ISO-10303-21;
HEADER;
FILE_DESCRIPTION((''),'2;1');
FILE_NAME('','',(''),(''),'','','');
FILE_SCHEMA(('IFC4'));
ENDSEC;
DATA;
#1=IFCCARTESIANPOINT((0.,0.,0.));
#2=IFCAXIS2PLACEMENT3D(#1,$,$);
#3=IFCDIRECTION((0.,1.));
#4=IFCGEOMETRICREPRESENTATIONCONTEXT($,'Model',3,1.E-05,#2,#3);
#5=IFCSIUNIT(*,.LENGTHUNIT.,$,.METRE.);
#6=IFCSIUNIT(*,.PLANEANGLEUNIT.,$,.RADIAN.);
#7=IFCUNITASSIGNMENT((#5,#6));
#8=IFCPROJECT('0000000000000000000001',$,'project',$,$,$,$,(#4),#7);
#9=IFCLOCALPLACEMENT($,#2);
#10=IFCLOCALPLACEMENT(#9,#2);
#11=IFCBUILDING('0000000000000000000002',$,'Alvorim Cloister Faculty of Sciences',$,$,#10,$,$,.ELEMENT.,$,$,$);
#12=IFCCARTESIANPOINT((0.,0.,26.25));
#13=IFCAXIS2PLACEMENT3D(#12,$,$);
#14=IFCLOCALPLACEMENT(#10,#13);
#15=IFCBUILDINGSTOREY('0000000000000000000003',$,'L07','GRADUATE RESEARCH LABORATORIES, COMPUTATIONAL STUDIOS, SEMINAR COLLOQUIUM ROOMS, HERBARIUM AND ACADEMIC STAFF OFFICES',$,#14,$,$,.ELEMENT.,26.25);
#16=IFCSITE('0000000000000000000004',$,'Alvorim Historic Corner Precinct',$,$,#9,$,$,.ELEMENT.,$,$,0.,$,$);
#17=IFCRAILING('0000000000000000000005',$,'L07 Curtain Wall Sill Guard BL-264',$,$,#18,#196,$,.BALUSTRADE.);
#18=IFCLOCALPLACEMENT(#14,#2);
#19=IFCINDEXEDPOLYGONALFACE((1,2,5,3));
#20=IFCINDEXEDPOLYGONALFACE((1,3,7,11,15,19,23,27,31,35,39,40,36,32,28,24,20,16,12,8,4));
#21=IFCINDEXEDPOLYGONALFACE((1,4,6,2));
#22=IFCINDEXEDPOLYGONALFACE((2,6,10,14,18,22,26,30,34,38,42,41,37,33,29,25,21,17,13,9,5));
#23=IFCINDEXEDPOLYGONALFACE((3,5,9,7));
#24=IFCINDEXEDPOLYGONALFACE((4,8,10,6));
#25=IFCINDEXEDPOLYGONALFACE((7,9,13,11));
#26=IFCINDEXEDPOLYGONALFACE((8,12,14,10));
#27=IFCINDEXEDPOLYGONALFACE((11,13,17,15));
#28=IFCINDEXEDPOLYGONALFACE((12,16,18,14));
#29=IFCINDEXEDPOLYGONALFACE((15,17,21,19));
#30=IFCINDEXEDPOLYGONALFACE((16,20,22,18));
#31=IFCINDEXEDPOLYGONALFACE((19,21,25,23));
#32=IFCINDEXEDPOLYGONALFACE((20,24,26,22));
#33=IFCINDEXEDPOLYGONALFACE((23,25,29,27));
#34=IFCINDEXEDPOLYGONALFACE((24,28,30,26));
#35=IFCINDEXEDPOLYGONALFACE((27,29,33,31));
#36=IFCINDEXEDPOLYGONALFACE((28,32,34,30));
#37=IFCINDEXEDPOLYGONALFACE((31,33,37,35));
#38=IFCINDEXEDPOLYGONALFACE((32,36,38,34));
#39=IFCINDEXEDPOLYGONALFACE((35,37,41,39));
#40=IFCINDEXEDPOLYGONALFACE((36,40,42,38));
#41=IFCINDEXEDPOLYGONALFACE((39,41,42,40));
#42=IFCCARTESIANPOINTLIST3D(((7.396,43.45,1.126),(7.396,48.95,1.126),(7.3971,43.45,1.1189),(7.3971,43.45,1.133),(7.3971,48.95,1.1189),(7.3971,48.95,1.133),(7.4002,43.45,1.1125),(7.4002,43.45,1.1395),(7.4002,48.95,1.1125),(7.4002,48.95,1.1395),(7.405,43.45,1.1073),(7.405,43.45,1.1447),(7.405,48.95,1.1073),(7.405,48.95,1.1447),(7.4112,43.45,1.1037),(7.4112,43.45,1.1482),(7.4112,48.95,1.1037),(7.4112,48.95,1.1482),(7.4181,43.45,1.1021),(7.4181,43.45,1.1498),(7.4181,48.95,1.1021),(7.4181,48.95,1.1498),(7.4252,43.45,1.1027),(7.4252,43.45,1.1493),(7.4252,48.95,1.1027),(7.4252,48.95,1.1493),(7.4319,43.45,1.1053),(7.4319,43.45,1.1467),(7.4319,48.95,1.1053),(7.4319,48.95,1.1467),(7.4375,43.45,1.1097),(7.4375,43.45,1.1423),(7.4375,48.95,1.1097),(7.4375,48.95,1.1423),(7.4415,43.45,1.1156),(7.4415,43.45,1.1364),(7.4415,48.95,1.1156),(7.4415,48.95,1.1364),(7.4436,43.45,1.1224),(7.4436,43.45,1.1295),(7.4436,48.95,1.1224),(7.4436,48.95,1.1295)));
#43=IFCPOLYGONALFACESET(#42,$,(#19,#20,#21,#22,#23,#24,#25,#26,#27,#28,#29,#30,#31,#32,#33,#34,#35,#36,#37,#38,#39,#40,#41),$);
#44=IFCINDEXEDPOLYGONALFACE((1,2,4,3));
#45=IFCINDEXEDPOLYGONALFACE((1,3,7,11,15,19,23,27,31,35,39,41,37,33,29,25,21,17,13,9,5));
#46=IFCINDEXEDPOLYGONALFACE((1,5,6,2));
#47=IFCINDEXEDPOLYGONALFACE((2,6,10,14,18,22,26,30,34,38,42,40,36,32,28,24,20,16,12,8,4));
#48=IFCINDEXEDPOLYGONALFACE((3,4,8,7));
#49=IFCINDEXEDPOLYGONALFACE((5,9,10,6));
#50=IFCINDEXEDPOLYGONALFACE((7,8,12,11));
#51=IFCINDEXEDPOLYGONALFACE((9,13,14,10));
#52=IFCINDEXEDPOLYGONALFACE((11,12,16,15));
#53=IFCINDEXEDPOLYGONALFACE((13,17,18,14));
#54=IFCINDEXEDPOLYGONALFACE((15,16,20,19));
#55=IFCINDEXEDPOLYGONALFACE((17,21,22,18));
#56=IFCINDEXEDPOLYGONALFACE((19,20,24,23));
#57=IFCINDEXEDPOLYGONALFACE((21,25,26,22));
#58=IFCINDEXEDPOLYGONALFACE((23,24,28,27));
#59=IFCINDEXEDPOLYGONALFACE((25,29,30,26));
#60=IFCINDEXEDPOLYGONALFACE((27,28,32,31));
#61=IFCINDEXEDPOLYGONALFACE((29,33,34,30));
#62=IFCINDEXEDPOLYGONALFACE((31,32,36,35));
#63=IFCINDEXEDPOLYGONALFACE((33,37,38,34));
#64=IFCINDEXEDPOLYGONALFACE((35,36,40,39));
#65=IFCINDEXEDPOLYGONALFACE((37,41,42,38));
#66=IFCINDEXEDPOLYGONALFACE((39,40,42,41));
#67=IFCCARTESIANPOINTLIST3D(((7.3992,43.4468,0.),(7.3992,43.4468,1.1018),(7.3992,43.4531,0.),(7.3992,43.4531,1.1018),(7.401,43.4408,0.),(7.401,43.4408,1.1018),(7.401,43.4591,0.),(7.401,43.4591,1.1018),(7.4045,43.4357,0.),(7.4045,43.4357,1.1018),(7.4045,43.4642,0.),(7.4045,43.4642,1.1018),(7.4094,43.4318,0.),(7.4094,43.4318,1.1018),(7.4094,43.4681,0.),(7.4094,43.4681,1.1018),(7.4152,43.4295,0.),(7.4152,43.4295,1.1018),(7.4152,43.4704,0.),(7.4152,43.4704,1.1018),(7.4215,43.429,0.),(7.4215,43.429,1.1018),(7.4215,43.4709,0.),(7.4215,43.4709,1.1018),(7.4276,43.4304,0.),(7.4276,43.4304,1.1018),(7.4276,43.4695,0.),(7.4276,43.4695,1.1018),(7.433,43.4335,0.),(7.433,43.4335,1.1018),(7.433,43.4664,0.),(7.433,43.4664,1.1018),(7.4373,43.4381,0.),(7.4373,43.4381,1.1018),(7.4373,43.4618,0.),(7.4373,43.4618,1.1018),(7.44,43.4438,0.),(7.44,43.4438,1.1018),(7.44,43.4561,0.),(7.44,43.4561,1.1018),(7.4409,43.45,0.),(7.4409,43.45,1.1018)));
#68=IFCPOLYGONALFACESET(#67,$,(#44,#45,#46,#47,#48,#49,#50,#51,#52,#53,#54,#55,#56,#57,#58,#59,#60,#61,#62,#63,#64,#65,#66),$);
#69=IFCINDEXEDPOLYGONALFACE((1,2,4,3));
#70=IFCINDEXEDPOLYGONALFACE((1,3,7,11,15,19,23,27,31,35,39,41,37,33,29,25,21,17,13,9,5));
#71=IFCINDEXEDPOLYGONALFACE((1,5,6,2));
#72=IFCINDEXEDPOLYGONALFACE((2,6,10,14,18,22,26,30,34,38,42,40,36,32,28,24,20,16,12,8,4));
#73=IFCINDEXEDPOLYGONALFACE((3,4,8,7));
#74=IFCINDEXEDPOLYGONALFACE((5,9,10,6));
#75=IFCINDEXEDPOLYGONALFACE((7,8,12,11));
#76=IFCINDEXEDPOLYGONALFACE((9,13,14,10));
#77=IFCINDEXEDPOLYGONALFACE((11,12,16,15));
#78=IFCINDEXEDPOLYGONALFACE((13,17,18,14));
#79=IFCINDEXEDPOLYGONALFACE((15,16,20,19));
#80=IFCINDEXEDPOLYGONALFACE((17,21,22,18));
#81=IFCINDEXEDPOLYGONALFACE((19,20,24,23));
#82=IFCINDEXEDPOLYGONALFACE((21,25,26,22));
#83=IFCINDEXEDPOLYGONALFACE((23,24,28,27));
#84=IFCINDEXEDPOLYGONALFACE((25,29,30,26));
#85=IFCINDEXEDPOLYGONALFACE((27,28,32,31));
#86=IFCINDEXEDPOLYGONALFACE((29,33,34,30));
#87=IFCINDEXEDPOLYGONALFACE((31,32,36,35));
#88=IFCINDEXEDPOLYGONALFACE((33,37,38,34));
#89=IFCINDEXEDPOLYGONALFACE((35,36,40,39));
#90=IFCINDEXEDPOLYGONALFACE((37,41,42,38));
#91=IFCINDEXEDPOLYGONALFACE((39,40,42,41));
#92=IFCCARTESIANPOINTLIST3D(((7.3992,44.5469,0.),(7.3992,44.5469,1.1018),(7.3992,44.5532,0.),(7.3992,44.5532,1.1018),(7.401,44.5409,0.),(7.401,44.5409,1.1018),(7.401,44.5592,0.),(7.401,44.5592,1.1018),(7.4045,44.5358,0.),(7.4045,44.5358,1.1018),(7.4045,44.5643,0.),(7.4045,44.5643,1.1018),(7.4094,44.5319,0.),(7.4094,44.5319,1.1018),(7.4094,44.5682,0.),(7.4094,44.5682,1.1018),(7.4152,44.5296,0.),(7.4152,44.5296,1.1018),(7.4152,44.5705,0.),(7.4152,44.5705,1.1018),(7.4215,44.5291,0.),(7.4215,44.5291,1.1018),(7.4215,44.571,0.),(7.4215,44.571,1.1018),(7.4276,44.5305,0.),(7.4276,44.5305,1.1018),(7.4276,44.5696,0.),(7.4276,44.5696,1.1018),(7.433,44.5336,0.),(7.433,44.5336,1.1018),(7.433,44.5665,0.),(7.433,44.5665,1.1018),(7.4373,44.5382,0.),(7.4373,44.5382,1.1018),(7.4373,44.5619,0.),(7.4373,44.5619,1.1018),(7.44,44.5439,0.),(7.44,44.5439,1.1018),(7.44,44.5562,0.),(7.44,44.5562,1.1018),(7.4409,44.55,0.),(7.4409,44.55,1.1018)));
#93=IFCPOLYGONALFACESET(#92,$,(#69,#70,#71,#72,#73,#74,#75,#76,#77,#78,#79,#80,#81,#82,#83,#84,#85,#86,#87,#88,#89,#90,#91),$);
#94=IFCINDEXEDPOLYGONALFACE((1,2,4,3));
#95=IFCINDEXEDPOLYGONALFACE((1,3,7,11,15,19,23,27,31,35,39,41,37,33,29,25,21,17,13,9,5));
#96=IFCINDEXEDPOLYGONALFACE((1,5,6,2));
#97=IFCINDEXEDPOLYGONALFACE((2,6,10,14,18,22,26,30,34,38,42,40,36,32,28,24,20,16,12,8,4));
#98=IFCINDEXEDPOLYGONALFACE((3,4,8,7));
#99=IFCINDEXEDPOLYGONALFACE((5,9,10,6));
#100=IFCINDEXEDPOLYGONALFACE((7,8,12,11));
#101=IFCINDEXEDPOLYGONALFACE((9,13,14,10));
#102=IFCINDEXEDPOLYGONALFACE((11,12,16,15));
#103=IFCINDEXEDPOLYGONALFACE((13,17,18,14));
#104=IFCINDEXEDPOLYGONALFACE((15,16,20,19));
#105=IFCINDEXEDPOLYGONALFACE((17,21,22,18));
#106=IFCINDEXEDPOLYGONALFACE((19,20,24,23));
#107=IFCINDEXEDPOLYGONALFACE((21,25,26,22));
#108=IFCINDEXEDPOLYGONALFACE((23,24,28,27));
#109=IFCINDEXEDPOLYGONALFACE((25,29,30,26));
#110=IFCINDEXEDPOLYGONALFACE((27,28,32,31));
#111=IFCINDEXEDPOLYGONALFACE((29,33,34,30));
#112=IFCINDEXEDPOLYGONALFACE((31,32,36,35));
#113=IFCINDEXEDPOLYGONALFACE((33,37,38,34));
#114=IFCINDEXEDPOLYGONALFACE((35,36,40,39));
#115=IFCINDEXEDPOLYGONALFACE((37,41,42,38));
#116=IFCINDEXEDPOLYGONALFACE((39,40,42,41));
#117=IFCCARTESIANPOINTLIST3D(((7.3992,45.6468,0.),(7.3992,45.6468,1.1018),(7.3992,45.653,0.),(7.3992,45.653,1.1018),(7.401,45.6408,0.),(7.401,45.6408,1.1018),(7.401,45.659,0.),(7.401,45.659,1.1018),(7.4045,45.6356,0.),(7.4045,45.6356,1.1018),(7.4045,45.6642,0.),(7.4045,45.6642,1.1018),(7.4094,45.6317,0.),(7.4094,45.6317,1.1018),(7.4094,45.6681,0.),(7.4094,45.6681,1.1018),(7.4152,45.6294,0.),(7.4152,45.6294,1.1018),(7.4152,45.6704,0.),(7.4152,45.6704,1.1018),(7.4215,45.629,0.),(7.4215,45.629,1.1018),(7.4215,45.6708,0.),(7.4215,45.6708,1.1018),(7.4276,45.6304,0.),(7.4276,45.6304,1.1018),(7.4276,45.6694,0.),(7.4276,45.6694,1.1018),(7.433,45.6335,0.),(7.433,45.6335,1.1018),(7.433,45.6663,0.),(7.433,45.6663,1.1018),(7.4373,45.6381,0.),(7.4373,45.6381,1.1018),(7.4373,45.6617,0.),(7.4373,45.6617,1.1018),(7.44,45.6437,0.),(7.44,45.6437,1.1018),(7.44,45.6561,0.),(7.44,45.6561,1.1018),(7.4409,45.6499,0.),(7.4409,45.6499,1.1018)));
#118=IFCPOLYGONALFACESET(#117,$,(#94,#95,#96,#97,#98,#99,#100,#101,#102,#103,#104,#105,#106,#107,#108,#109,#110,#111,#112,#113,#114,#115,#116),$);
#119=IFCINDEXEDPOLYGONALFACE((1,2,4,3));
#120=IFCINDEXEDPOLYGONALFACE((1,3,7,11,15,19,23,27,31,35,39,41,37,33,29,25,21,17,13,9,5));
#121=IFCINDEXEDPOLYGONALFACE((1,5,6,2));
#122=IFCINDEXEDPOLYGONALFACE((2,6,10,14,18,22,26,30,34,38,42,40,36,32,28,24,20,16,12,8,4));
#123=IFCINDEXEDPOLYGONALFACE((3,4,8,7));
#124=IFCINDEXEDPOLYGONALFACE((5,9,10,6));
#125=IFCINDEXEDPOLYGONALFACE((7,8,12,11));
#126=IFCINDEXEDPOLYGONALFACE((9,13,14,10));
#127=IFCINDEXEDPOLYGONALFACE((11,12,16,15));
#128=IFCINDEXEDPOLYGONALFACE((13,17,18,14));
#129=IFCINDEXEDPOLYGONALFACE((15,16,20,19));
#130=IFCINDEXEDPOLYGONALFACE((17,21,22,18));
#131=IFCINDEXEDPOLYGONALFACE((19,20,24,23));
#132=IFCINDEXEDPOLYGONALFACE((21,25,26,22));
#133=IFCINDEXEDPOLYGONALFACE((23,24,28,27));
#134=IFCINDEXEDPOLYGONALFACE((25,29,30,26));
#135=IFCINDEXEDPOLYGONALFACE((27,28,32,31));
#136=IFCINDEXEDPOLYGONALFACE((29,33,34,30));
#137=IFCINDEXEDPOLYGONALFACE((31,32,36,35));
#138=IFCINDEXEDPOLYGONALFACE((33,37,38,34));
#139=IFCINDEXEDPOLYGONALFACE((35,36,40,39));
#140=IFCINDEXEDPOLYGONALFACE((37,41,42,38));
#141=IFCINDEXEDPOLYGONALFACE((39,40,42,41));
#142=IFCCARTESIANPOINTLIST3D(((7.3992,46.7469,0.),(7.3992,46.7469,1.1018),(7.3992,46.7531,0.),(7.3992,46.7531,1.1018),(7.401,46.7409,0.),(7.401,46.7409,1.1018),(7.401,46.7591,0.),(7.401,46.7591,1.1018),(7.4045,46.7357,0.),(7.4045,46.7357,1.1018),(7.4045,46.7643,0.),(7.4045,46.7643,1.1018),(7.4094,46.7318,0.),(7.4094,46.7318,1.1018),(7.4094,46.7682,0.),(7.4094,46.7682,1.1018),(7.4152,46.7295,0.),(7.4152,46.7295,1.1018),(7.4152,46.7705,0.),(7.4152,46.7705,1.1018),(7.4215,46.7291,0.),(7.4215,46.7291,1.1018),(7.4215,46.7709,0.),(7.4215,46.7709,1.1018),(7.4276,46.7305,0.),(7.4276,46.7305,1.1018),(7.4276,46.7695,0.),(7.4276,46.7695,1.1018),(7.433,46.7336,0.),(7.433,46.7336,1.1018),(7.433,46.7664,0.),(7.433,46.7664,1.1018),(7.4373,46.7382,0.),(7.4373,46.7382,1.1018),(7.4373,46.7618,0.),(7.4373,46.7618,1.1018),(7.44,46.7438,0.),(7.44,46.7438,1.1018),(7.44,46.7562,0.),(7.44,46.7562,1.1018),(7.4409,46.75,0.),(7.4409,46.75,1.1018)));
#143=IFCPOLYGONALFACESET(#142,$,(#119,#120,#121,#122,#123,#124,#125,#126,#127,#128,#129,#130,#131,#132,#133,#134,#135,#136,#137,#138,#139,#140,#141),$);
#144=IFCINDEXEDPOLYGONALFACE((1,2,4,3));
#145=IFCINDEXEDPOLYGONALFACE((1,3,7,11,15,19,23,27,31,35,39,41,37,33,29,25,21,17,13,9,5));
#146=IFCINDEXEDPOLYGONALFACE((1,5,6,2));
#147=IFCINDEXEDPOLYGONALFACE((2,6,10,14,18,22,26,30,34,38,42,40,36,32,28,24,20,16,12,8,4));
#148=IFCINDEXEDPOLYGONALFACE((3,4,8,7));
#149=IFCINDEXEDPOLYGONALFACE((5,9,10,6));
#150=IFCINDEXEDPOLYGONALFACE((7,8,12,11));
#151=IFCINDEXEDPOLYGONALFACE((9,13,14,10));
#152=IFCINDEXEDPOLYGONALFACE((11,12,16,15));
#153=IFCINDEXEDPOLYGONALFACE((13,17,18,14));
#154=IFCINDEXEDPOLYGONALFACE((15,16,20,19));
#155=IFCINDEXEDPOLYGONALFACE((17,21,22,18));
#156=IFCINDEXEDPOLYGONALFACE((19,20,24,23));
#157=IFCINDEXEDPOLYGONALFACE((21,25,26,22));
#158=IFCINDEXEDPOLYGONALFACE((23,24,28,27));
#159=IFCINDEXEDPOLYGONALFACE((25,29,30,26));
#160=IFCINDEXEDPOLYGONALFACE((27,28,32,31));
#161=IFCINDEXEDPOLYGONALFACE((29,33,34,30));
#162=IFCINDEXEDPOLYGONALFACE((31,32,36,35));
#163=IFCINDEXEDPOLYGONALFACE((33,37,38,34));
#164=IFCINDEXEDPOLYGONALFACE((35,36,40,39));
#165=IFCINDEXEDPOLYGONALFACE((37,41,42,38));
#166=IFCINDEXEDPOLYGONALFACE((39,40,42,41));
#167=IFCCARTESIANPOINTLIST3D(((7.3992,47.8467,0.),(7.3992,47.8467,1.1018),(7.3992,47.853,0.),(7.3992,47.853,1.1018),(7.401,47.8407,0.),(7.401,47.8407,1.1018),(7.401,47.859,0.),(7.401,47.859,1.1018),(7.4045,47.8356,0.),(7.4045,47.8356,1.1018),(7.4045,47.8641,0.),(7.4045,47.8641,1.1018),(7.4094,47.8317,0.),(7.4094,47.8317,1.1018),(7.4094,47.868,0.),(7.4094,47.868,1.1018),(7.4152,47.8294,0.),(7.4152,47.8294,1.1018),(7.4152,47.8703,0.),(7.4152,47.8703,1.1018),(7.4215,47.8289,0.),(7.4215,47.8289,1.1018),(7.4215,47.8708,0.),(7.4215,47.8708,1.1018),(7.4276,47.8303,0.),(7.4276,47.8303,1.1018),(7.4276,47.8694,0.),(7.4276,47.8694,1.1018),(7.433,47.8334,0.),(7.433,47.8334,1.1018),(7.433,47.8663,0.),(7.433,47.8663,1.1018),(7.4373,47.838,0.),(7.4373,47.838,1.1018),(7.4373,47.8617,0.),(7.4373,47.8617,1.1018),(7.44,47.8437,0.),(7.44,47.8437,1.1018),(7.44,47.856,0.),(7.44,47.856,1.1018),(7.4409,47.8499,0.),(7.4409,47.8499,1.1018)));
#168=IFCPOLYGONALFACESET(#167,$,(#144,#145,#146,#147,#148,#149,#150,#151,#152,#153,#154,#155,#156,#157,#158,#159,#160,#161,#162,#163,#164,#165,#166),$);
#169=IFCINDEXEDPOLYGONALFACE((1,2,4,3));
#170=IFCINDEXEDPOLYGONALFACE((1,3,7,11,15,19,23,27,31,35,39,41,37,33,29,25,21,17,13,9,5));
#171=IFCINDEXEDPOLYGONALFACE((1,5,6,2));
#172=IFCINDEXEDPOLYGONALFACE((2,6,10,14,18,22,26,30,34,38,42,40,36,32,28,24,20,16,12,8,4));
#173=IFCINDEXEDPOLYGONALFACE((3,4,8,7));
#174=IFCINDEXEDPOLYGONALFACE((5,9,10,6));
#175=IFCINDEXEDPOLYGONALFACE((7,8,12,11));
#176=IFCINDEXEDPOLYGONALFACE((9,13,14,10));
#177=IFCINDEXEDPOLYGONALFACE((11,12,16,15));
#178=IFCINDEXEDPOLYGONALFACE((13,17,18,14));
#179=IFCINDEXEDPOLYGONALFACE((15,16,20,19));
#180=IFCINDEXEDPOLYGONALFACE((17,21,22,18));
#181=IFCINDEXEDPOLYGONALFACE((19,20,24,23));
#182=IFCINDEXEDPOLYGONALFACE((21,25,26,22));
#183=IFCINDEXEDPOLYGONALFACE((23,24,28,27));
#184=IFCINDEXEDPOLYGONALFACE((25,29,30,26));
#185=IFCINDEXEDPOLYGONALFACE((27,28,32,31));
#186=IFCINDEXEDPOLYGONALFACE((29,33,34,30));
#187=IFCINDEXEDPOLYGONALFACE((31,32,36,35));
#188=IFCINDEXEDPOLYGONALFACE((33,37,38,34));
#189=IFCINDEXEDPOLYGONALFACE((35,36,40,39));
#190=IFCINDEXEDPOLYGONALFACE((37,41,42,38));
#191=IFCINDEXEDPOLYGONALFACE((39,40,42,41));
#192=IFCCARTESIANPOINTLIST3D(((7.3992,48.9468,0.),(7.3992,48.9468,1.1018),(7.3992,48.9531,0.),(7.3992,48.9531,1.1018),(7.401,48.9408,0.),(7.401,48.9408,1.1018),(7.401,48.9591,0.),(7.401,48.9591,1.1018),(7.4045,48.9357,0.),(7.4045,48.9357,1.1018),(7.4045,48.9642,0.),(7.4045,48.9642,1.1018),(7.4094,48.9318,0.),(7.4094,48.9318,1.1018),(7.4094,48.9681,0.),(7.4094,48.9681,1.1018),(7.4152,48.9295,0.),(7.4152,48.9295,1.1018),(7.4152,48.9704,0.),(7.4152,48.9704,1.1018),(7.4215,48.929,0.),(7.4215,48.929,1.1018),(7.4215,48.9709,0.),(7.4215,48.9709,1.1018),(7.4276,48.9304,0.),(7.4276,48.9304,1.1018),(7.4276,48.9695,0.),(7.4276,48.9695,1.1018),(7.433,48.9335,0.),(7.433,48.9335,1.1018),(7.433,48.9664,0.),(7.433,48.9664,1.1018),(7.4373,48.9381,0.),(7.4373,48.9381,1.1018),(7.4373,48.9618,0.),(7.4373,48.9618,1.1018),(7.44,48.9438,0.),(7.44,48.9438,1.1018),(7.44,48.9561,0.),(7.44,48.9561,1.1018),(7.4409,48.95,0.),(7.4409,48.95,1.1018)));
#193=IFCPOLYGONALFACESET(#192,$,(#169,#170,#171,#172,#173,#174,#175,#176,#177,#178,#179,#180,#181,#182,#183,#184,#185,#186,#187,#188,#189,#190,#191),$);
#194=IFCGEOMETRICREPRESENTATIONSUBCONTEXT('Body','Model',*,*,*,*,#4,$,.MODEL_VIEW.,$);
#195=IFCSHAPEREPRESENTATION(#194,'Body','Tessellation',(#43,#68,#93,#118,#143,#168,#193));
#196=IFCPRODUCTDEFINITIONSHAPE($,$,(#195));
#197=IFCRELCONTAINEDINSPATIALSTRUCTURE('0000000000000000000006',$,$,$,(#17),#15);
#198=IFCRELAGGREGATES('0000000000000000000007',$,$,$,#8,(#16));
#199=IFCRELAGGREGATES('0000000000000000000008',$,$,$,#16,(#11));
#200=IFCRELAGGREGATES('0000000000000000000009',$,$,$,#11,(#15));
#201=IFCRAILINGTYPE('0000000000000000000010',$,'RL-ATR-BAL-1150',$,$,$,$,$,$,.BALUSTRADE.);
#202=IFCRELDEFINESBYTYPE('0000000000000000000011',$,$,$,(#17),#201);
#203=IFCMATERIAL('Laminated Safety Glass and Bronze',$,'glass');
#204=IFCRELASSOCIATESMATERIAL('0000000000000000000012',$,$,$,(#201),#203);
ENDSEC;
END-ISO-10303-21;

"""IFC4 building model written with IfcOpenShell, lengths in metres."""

from ifc_helpers import new_model, si_unit, direction, frame, origin, origin_2d, place, context, subcontext, project, spatial, circle, extrude, material, type_object, element, save


model = new_model("IFC4")

# Units and contexts
model_context = context("Model", 3, precision=1e-05, world=origin(), true_north=direction((0.0, 1.0)))
body_context = subcontext(model_context, "Body", "Model", "MODEL_VIEW")
ifc_project = project(units=[si_unit("LENGTHUNIT", "METRE"), si_unit("PLANEANGLEUNIT", "RADIAN")], contexts=[model_context])

# Site, building, storey
site_placement = place(None, origin())
site = spatial("IfcSite", under=ifc_project, at=site_placement, Name="Alvorim Historic Corner Precinct", CompositionType="ELEMENT", RefElevation=0.0)
building_placement = place(site_placement, origin())
building = spatial("IfcBuilding", under=site, at=building_placement, Name="Alvorim Cloister Faculty of Sciences", CompositionType="ELEMENT")
storey_placement = place(building_placement, frame((0.0, 0.0, 26.25)))
storey = spatial("IfcBuildingStorey", under=building, at=storey_placement, Name="L07", Description="GRADUATE RESEARCH LABORATORIES, COMPUTATIONAL STUDIOS, SEMINAR COLLOQUIUM ROOMS, HERBARIUM AND ACADEMIC STAFF OFFICES", CompositionType="ELEMENT", Elevation=26.25)

# Railing
ifc_material_1 = material(Name="Laminated Safety Glass and Bronze", Category="glass")
railing_type_1 = type_object("IfcRailingType", Name="RL-ATR-BAL-1150", PredefinedType="BALUSTRADE", material=ifc_material_1)
railing_1_placement = place(storey_placement, frame((7.4199, 43.45, 0.0)))
element("IfcRailing", 1, at=railing_1_placement, inside=storey, type_object=railing_type_1, Name="L07 Curtain Wall Sill Guard BL-264", PredefinedType="BALUSTRADE", context=body_context, shape_type="SweptSolid", body=[
    extrude(circle(Radius=0.0239, at=origin_2d()), frame((0.0, 0.0, 1.126), z_axis=(0.0, 1.0, 0.0), x_axis=(-1.0, 0.0, 0.0)), (0.0, 0.0, 1.0), 5.5),
    extrude(circle(Radius=0.021, at=origin_2d()), origin(), (0.0, 0.0, 1.0), 1.1018),
    extrude(circle(Radius=0.021, at=origin_2d()), frame((0.0, 1.1001, 0.0)), (0.0, 0.0, 1.0), 1.1018),
    extrude(circle(Radius=0.021, at=origin_2d()), frame((0.0, 2.2, 0.0)), (0.0, 0.0, 1.0), 1.1018),
    extrude(circle(Radius=0.021, at=origin_2d()), frame((0.0, 3.3, 0.0)), (0.0, 0.0, 1.0), 1.1018),
    extrude(circle(Radius=0.021, at=origin_2d()), frame((0.0, 4.3999, 0.0)), (0.0, 0.0, 1.0), 1.1018),
    extrude(circle(Radius=0.021, at=origin_2d()), frame((0.0, 5.5, 0.0)), (0.0, 0.0, 1.0), 1.1018),
])

save(model, "model.ifc")
